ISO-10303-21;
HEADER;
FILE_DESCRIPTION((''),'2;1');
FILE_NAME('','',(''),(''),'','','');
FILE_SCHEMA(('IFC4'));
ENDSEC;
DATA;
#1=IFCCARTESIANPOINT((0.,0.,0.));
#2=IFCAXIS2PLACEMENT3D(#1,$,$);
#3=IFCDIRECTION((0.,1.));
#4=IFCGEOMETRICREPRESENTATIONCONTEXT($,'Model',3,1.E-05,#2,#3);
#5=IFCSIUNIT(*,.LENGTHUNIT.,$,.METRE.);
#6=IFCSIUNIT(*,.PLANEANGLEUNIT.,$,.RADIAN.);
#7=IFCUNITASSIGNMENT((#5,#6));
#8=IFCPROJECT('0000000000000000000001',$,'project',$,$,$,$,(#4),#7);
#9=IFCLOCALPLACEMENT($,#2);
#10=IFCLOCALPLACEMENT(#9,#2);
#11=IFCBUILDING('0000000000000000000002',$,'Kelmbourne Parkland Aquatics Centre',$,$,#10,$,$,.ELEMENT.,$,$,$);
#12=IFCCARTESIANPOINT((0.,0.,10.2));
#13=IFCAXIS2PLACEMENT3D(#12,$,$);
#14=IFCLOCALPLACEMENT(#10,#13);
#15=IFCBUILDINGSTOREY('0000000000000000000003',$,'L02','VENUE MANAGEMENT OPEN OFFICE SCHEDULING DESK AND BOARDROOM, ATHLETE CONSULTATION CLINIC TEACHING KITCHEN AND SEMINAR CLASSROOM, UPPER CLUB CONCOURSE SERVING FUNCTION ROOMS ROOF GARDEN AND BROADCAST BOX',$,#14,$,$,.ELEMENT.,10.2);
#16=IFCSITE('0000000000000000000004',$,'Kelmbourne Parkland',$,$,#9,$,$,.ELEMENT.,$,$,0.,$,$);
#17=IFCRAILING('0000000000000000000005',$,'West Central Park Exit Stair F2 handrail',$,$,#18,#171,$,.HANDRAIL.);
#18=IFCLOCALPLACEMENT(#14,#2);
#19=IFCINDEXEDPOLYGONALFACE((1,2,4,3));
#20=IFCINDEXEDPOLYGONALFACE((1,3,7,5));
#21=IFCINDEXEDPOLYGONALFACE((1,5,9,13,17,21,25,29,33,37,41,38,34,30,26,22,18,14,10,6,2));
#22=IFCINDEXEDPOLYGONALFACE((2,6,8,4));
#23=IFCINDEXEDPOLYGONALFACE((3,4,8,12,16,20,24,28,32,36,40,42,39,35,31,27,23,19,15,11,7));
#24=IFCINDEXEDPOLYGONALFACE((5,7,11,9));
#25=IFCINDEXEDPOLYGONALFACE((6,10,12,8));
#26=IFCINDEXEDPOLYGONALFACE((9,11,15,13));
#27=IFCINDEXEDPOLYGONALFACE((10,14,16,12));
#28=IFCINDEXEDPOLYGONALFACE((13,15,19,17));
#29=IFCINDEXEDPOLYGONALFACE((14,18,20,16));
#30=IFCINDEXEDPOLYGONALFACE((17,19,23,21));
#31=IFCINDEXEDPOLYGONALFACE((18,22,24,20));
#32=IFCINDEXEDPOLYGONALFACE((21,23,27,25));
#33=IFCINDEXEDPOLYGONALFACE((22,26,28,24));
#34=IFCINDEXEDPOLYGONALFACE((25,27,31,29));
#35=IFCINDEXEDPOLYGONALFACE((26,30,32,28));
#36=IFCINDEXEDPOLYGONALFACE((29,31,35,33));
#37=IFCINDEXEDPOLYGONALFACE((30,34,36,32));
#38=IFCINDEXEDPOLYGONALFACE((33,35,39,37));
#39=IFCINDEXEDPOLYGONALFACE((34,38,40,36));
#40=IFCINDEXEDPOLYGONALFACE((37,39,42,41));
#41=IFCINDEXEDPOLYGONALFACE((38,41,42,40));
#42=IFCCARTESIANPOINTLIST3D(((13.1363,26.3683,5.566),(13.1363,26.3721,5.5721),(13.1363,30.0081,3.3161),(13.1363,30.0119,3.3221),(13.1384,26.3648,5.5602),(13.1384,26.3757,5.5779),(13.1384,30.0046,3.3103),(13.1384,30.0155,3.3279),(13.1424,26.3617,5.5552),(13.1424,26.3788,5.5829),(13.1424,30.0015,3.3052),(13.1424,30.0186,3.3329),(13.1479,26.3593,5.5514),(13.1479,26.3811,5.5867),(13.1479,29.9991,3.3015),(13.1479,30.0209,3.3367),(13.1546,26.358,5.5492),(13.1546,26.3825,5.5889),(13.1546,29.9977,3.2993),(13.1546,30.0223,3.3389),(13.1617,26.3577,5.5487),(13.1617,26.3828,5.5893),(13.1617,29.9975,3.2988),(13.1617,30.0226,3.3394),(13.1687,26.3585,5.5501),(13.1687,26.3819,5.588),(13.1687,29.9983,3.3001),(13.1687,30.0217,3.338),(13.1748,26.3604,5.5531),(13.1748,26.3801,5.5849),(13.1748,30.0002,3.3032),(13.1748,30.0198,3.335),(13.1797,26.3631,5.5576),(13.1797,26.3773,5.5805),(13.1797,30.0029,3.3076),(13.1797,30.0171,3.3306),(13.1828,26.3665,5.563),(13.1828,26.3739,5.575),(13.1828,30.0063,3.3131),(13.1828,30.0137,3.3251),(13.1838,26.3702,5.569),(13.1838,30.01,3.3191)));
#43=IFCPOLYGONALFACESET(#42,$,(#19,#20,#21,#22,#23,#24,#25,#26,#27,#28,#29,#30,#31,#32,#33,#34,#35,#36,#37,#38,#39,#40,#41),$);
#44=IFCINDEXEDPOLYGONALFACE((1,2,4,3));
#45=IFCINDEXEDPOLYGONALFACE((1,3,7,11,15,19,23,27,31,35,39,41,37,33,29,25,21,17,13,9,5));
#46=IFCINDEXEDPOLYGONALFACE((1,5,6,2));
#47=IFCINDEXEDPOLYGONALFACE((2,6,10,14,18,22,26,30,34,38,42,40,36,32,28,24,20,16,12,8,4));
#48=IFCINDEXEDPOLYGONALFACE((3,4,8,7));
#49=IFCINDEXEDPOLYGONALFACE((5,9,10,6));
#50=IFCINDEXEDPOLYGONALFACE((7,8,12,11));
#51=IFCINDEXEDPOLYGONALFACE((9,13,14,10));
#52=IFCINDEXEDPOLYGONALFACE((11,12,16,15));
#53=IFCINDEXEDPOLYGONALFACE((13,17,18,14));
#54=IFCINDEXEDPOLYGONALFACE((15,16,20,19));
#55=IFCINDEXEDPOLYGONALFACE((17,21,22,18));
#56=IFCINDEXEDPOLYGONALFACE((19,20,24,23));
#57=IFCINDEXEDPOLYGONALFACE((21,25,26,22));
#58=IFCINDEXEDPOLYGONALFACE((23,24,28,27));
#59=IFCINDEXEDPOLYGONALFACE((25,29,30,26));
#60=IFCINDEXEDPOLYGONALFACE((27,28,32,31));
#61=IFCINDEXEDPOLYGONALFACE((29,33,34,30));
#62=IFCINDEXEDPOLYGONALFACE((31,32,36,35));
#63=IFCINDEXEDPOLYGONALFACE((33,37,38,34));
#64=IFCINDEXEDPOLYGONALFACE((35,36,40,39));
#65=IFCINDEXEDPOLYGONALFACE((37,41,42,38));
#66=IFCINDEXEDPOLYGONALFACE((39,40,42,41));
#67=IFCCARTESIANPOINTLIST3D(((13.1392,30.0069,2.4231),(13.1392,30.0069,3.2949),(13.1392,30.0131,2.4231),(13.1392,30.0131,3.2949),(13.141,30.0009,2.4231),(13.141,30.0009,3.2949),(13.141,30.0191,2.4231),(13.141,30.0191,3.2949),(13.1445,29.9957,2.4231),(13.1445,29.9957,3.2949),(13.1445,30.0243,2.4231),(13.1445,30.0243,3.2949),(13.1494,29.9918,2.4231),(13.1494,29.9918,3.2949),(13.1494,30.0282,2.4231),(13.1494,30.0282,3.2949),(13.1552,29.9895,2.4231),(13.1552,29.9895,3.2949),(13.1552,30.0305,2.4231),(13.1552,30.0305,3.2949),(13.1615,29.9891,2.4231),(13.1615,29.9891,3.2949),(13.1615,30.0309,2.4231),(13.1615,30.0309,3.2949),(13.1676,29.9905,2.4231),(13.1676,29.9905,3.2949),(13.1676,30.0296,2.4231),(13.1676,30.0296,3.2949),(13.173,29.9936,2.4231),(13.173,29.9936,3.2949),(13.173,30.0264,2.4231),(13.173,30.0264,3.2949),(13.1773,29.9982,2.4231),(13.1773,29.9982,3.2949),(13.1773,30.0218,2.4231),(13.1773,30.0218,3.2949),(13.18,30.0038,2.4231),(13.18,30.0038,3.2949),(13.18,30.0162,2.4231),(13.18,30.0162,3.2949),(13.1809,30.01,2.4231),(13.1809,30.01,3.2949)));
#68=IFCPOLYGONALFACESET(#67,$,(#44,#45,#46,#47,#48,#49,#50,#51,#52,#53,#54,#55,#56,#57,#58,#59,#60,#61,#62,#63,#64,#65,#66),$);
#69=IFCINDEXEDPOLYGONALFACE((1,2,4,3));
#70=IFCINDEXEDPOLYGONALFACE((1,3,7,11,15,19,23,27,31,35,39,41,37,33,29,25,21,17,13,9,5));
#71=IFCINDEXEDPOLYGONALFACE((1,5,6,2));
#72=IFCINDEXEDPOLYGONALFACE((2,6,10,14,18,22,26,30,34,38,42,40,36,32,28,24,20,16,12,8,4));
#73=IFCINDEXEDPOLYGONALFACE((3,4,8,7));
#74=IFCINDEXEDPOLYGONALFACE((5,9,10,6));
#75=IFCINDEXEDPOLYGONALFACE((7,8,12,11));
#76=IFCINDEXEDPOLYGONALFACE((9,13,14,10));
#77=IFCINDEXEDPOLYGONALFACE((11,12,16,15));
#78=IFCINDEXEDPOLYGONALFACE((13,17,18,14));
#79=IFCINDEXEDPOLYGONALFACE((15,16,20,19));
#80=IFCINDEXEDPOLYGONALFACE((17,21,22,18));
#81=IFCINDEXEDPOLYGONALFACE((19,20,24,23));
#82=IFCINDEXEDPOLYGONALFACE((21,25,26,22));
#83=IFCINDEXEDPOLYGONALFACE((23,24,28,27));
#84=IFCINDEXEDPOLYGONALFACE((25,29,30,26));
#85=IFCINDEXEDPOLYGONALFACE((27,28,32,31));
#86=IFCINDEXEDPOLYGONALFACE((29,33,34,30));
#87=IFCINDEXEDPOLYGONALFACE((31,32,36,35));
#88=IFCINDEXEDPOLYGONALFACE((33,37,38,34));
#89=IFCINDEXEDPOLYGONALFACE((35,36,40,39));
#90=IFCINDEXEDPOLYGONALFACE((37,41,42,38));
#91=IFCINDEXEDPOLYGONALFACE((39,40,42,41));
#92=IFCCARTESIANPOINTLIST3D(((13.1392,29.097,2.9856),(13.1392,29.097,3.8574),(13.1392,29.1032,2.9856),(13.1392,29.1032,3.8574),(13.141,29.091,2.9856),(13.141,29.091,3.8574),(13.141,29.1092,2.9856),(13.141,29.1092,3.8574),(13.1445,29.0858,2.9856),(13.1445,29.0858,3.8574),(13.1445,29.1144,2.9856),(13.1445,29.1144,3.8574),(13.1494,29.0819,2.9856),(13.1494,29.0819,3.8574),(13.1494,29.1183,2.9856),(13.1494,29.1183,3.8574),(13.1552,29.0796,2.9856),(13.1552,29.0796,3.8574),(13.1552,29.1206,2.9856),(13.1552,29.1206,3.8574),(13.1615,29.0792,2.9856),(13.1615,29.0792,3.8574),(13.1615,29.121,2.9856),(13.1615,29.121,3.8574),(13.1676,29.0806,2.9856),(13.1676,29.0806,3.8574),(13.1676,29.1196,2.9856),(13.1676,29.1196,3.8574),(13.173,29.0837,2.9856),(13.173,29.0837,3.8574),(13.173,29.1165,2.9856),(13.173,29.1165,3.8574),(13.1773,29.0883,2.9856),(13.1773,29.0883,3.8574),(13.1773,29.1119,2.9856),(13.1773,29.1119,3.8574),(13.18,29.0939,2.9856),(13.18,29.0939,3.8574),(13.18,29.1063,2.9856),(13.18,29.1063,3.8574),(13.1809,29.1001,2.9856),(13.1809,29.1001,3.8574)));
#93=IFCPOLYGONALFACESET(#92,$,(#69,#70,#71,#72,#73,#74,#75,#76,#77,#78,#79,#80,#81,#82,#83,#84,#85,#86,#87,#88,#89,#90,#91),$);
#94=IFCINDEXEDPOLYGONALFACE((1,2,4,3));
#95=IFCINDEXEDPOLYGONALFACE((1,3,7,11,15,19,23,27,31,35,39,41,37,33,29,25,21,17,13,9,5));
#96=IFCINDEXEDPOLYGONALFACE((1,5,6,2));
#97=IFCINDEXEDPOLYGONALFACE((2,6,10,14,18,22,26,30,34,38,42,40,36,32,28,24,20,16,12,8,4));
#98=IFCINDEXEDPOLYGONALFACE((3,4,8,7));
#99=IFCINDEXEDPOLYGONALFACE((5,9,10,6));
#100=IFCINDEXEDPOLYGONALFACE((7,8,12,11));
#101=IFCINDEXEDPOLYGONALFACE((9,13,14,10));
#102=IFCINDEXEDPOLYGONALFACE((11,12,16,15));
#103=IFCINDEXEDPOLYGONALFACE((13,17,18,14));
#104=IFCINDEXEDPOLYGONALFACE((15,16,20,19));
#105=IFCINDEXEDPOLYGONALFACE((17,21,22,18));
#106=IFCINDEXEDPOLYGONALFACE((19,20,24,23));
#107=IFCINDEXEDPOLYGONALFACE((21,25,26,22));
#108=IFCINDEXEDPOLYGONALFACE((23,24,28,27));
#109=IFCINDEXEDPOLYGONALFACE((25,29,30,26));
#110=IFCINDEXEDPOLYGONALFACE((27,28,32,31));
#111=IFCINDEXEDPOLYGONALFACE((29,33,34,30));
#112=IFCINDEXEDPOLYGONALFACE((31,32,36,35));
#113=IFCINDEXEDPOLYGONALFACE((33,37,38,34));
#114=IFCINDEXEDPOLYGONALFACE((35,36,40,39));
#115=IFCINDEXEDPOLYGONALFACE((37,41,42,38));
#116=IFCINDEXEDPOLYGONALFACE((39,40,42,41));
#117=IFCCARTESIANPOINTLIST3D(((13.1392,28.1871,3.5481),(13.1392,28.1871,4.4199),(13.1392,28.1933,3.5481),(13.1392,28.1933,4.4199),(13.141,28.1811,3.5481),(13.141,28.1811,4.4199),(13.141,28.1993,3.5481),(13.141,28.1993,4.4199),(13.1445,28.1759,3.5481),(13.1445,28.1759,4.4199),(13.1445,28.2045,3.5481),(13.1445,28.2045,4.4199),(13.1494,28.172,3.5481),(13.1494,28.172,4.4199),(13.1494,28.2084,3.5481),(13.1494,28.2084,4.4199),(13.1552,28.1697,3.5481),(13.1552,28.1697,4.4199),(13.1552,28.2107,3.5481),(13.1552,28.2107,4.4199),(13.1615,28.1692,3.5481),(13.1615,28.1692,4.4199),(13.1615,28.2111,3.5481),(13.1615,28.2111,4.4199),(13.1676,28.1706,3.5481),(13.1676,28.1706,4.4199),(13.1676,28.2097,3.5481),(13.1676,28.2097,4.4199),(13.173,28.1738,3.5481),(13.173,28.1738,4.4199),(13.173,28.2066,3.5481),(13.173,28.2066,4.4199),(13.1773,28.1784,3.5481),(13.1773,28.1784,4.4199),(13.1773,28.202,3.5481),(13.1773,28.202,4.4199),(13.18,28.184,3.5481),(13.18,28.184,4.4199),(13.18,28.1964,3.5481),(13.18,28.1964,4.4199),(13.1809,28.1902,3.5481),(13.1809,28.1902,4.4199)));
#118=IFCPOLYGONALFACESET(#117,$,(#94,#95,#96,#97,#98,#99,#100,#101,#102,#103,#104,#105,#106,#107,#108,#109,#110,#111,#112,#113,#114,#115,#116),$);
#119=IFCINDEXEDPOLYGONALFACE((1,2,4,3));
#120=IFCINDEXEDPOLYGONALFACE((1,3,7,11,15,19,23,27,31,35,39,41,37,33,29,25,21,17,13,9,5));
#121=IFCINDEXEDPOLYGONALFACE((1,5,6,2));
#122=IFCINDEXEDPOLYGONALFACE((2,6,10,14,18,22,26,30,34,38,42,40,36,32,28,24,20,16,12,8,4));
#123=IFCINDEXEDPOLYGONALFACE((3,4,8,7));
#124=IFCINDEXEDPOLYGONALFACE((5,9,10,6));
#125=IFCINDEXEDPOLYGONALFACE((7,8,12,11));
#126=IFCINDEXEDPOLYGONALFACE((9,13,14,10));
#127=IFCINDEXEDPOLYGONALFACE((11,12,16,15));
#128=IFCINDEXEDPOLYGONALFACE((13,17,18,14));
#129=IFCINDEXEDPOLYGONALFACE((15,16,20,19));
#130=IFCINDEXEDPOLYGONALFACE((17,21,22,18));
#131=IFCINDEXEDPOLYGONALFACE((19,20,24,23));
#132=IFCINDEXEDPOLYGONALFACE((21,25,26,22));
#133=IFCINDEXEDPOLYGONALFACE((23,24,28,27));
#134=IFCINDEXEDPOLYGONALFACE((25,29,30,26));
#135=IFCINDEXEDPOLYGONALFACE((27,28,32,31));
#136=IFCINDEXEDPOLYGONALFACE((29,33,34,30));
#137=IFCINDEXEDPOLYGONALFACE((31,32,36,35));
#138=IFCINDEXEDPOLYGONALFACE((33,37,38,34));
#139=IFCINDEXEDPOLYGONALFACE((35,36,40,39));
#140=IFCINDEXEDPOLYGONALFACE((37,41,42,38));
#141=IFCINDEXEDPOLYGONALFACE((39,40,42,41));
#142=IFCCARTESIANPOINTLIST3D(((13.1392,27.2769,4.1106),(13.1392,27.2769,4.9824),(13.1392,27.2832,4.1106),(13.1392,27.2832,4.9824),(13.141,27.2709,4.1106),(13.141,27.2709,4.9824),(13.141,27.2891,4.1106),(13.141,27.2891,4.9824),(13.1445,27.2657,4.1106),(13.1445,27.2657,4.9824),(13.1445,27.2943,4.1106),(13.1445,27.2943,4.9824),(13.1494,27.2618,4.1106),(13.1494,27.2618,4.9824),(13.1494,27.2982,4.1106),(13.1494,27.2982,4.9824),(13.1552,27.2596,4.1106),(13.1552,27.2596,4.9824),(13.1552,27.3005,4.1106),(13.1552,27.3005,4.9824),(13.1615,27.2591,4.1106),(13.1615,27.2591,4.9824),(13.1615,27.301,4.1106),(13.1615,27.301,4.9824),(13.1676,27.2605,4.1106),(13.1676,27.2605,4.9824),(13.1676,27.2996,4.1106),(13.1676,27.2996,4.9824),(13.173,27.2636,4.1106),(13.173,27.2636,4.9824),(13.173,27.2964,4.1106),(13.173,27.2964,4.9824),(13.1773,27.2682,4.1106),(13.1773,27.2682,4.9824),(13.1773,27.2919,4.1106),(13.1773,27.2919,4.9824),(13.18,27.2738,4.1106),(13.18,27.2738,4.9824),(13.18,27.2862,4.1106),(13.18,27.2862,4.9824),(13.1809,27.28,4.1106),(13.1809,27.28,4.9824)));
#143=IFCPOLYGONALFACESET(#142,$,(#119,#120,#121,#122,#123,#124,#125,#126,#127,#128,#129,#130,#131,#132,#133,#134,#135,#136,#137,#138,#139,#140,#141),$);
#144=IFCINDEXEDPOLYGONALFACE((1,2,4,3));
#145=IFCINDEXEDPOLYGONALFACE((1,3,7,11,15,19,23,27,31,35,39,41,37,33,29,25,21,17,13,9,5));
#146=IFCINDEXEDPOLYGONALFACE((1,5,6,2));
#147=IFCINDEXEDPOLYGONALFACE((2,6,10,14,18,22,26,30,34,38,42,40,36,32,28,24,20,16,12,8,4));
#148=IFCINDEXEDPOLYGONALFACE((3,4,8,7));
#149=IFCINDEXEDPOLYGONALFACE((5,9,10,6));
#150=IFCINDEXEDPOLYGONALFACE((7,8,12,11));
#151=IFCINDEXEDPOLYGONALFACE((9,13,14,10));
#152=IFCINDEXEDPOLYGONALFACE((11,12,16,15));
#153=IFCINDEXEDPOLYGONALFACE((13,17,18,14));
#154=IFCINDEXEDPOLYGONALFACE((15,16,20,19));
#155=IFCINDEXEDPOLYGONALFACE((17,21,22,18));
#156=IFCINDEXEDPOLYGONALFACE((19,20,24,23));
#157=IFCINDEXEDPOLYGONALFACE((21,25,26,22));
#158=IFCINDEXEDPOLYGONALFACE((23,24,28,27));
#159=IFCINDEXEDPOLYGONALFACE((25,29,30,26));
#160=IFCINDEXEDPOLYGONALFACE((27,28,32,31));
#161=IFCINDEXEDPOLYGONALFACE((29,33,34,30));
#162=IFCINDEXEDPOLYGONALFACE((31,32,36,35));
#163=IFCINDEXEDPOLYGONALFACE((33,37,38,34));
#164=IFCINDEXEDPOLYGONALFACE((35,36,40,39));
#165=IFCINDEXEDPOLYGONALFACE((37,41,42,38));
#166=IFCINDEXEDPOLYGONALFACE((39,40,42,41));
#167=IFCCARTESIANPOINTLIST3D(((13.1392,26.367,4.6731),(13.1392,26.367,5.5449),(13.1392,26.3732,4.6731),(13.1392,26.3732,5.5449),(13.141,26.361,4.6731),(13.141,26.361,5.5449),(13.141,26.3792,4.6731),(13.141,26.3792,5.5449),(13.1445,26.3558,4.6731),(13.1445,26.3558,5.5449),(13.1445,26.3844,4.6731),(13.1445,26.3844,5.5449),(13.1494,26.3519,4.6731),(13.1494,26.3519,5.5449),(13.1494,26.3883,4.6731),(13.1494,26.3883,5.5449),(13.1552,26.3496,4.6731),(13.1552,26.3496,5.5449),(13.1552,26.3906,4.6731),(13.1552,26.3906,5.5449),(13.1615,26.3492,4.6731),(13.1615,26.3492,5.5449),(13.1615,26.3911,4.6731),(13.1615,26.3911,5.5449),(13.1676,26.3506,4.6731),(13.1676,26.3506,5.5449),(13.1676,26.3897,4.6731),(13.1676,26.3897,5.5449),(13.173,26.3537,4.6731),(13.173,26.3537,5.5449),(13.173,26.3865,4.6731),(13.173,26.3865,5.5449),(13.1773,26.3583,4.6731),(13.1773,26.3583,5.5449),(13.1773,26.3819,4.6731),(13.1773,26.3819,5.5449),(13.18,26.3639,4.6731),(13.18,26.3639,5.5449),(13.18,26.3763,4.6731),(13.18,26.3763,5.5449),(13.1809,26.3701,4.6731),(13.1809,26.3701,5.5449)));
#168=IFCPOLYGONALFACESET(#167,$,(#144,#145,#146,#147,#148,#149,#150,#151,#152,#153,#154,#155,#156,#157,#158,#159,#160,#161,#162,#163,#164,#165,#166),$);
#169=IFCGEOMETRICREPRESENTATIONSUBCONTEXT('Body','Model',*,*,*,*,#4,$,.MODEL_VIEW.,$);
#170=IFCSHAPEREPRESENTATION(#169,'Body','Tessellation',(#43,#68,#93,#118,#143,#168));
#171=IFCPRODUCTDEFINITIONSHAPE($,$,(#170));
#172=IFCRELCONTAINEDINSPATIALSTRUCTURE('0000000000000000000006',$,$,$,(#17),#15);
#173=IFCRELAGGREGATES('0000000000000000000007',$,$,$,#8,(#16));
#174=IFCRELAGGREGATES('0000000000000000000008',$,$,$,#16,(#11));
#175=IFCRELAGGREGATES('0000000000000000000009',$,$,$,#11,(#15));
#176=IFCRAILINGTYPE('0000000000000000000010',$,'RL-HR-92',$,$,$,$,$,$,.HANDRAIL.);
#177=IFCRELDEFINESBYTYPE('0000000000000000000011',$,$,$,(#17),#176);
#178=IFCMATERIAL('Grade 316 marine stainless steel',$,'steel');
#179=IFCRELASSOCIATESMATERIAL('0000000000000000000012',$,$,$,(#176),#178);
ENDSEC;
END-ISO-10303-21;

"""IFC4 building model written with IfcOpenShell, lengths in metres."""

from ifc_helpers import new_model, si_unit, direction, frame, origin, origin_2d, place, context, subcontext, project, spatial, circle, extrude, material, type_object, element, save


model = new_model("IFC4")

# Units and contexts
model_context = context("Model", 3, precision=1e-05, world=origin(), true_north=direction((0.0, 1.0)))
body_context = subcontext(model_context, "Body", "Model", "MODEL_VIEW")
ifc_project = project(units=[si_unit("LENGTHUNIT", "METRE"), si_unit("PLANEANGLEUNIT", "RADIAN")], contexts=[model_context])

# Site, building, storey
site_placement = place(None, origin())
site = spatial("IfcSite", under=ifc_project, at=site_placement, Name="Kelmbourne Parkland", CompositionType="ELEMENT", RefElevation=0.0)
building_placement = place(site_placement, origin())
building = spatial("IfcBuilding", under=site, at=building_placement, Name="Kelmbourne Parkland Aquatics Centre", CompositionType="ELEMENT")
storey_placement = place(building_placement, frame((0.0, 0.0, 10.2)))
storey = spatial("IfcBuildingStorey", under=building, at=storey_placement, Name="L02", Description="VENUE MANAGEMENT OPEN OFFICE SCHEDULING DESK AND BOARDROOM, ATHLETE CONSULTATION CLINIC TEACHING KITCHEN AND SEMINAR CLASSROOM, UPPER CLUB CONCOURSE SERVING FUNCTION ROOMS ROOF GARDEN AND BROADCAST BOX", CompositionType="ELEMENT", Elevation=10.2)

# Railing
ifc_material_1 = material(Name="Grade 316 marine stainless steel", Category="steel")
railing_type_1 = type_object("IfcRailingType", Name="RL-HR-92", PredefinedType="HANDRAIL", material=ifc_material_1)
railing_1_placement = place(storey_placement, frame((13.1599, 30.01, 2.4231)))
element("IfcRailing", 1, at=railing_1_placement, inside=storey, type_object=railing_type_1, Name="West Central Park Exit Stair F2 handrail", PredefinedType="HANDRAIL", context=body_context, shape_type="SweptSolid", body=[
    extrude(circle(Radius=0.0239, at=origin_2d()), frame((0.0, 0.0, 0.896), z_axis=(0.0, -0.850607, 0.525803), x_axis=(1.0, 0.0, 0.0)), (0.0, 0.0, 1.0), 4.2791),
    extrude(circle(Radius=0.021, at=origin_2d()), origin(), (0.0, 0.0, 1.0), 0.8718),
    extrude(circle(Radius=0.021, at=origin_2d()), frame((0.0, -0.9099, 0.5625)), (0.0, 0.0, 1.0), 0.8718),
    extrude(circle(Radius=0.021, at=origin_2d()), frame((0.0, -1.8198, 1.125)), (0.0, 0.0, 1.0), 0.8718),
    extrude(circle(Radius=0.021, at=origin_2d()), frame((0.0, -2.73, 1.6875)), (0.0, 0.0, 1.0), 0.8718),
    extrude(circle(Radius=0.021, at=origin_2d()), frame((0.0, -3.6399, 2.25)), (0.0, 0.0, 1.0), 0.8718),
])

save(model, "model.ifc")
